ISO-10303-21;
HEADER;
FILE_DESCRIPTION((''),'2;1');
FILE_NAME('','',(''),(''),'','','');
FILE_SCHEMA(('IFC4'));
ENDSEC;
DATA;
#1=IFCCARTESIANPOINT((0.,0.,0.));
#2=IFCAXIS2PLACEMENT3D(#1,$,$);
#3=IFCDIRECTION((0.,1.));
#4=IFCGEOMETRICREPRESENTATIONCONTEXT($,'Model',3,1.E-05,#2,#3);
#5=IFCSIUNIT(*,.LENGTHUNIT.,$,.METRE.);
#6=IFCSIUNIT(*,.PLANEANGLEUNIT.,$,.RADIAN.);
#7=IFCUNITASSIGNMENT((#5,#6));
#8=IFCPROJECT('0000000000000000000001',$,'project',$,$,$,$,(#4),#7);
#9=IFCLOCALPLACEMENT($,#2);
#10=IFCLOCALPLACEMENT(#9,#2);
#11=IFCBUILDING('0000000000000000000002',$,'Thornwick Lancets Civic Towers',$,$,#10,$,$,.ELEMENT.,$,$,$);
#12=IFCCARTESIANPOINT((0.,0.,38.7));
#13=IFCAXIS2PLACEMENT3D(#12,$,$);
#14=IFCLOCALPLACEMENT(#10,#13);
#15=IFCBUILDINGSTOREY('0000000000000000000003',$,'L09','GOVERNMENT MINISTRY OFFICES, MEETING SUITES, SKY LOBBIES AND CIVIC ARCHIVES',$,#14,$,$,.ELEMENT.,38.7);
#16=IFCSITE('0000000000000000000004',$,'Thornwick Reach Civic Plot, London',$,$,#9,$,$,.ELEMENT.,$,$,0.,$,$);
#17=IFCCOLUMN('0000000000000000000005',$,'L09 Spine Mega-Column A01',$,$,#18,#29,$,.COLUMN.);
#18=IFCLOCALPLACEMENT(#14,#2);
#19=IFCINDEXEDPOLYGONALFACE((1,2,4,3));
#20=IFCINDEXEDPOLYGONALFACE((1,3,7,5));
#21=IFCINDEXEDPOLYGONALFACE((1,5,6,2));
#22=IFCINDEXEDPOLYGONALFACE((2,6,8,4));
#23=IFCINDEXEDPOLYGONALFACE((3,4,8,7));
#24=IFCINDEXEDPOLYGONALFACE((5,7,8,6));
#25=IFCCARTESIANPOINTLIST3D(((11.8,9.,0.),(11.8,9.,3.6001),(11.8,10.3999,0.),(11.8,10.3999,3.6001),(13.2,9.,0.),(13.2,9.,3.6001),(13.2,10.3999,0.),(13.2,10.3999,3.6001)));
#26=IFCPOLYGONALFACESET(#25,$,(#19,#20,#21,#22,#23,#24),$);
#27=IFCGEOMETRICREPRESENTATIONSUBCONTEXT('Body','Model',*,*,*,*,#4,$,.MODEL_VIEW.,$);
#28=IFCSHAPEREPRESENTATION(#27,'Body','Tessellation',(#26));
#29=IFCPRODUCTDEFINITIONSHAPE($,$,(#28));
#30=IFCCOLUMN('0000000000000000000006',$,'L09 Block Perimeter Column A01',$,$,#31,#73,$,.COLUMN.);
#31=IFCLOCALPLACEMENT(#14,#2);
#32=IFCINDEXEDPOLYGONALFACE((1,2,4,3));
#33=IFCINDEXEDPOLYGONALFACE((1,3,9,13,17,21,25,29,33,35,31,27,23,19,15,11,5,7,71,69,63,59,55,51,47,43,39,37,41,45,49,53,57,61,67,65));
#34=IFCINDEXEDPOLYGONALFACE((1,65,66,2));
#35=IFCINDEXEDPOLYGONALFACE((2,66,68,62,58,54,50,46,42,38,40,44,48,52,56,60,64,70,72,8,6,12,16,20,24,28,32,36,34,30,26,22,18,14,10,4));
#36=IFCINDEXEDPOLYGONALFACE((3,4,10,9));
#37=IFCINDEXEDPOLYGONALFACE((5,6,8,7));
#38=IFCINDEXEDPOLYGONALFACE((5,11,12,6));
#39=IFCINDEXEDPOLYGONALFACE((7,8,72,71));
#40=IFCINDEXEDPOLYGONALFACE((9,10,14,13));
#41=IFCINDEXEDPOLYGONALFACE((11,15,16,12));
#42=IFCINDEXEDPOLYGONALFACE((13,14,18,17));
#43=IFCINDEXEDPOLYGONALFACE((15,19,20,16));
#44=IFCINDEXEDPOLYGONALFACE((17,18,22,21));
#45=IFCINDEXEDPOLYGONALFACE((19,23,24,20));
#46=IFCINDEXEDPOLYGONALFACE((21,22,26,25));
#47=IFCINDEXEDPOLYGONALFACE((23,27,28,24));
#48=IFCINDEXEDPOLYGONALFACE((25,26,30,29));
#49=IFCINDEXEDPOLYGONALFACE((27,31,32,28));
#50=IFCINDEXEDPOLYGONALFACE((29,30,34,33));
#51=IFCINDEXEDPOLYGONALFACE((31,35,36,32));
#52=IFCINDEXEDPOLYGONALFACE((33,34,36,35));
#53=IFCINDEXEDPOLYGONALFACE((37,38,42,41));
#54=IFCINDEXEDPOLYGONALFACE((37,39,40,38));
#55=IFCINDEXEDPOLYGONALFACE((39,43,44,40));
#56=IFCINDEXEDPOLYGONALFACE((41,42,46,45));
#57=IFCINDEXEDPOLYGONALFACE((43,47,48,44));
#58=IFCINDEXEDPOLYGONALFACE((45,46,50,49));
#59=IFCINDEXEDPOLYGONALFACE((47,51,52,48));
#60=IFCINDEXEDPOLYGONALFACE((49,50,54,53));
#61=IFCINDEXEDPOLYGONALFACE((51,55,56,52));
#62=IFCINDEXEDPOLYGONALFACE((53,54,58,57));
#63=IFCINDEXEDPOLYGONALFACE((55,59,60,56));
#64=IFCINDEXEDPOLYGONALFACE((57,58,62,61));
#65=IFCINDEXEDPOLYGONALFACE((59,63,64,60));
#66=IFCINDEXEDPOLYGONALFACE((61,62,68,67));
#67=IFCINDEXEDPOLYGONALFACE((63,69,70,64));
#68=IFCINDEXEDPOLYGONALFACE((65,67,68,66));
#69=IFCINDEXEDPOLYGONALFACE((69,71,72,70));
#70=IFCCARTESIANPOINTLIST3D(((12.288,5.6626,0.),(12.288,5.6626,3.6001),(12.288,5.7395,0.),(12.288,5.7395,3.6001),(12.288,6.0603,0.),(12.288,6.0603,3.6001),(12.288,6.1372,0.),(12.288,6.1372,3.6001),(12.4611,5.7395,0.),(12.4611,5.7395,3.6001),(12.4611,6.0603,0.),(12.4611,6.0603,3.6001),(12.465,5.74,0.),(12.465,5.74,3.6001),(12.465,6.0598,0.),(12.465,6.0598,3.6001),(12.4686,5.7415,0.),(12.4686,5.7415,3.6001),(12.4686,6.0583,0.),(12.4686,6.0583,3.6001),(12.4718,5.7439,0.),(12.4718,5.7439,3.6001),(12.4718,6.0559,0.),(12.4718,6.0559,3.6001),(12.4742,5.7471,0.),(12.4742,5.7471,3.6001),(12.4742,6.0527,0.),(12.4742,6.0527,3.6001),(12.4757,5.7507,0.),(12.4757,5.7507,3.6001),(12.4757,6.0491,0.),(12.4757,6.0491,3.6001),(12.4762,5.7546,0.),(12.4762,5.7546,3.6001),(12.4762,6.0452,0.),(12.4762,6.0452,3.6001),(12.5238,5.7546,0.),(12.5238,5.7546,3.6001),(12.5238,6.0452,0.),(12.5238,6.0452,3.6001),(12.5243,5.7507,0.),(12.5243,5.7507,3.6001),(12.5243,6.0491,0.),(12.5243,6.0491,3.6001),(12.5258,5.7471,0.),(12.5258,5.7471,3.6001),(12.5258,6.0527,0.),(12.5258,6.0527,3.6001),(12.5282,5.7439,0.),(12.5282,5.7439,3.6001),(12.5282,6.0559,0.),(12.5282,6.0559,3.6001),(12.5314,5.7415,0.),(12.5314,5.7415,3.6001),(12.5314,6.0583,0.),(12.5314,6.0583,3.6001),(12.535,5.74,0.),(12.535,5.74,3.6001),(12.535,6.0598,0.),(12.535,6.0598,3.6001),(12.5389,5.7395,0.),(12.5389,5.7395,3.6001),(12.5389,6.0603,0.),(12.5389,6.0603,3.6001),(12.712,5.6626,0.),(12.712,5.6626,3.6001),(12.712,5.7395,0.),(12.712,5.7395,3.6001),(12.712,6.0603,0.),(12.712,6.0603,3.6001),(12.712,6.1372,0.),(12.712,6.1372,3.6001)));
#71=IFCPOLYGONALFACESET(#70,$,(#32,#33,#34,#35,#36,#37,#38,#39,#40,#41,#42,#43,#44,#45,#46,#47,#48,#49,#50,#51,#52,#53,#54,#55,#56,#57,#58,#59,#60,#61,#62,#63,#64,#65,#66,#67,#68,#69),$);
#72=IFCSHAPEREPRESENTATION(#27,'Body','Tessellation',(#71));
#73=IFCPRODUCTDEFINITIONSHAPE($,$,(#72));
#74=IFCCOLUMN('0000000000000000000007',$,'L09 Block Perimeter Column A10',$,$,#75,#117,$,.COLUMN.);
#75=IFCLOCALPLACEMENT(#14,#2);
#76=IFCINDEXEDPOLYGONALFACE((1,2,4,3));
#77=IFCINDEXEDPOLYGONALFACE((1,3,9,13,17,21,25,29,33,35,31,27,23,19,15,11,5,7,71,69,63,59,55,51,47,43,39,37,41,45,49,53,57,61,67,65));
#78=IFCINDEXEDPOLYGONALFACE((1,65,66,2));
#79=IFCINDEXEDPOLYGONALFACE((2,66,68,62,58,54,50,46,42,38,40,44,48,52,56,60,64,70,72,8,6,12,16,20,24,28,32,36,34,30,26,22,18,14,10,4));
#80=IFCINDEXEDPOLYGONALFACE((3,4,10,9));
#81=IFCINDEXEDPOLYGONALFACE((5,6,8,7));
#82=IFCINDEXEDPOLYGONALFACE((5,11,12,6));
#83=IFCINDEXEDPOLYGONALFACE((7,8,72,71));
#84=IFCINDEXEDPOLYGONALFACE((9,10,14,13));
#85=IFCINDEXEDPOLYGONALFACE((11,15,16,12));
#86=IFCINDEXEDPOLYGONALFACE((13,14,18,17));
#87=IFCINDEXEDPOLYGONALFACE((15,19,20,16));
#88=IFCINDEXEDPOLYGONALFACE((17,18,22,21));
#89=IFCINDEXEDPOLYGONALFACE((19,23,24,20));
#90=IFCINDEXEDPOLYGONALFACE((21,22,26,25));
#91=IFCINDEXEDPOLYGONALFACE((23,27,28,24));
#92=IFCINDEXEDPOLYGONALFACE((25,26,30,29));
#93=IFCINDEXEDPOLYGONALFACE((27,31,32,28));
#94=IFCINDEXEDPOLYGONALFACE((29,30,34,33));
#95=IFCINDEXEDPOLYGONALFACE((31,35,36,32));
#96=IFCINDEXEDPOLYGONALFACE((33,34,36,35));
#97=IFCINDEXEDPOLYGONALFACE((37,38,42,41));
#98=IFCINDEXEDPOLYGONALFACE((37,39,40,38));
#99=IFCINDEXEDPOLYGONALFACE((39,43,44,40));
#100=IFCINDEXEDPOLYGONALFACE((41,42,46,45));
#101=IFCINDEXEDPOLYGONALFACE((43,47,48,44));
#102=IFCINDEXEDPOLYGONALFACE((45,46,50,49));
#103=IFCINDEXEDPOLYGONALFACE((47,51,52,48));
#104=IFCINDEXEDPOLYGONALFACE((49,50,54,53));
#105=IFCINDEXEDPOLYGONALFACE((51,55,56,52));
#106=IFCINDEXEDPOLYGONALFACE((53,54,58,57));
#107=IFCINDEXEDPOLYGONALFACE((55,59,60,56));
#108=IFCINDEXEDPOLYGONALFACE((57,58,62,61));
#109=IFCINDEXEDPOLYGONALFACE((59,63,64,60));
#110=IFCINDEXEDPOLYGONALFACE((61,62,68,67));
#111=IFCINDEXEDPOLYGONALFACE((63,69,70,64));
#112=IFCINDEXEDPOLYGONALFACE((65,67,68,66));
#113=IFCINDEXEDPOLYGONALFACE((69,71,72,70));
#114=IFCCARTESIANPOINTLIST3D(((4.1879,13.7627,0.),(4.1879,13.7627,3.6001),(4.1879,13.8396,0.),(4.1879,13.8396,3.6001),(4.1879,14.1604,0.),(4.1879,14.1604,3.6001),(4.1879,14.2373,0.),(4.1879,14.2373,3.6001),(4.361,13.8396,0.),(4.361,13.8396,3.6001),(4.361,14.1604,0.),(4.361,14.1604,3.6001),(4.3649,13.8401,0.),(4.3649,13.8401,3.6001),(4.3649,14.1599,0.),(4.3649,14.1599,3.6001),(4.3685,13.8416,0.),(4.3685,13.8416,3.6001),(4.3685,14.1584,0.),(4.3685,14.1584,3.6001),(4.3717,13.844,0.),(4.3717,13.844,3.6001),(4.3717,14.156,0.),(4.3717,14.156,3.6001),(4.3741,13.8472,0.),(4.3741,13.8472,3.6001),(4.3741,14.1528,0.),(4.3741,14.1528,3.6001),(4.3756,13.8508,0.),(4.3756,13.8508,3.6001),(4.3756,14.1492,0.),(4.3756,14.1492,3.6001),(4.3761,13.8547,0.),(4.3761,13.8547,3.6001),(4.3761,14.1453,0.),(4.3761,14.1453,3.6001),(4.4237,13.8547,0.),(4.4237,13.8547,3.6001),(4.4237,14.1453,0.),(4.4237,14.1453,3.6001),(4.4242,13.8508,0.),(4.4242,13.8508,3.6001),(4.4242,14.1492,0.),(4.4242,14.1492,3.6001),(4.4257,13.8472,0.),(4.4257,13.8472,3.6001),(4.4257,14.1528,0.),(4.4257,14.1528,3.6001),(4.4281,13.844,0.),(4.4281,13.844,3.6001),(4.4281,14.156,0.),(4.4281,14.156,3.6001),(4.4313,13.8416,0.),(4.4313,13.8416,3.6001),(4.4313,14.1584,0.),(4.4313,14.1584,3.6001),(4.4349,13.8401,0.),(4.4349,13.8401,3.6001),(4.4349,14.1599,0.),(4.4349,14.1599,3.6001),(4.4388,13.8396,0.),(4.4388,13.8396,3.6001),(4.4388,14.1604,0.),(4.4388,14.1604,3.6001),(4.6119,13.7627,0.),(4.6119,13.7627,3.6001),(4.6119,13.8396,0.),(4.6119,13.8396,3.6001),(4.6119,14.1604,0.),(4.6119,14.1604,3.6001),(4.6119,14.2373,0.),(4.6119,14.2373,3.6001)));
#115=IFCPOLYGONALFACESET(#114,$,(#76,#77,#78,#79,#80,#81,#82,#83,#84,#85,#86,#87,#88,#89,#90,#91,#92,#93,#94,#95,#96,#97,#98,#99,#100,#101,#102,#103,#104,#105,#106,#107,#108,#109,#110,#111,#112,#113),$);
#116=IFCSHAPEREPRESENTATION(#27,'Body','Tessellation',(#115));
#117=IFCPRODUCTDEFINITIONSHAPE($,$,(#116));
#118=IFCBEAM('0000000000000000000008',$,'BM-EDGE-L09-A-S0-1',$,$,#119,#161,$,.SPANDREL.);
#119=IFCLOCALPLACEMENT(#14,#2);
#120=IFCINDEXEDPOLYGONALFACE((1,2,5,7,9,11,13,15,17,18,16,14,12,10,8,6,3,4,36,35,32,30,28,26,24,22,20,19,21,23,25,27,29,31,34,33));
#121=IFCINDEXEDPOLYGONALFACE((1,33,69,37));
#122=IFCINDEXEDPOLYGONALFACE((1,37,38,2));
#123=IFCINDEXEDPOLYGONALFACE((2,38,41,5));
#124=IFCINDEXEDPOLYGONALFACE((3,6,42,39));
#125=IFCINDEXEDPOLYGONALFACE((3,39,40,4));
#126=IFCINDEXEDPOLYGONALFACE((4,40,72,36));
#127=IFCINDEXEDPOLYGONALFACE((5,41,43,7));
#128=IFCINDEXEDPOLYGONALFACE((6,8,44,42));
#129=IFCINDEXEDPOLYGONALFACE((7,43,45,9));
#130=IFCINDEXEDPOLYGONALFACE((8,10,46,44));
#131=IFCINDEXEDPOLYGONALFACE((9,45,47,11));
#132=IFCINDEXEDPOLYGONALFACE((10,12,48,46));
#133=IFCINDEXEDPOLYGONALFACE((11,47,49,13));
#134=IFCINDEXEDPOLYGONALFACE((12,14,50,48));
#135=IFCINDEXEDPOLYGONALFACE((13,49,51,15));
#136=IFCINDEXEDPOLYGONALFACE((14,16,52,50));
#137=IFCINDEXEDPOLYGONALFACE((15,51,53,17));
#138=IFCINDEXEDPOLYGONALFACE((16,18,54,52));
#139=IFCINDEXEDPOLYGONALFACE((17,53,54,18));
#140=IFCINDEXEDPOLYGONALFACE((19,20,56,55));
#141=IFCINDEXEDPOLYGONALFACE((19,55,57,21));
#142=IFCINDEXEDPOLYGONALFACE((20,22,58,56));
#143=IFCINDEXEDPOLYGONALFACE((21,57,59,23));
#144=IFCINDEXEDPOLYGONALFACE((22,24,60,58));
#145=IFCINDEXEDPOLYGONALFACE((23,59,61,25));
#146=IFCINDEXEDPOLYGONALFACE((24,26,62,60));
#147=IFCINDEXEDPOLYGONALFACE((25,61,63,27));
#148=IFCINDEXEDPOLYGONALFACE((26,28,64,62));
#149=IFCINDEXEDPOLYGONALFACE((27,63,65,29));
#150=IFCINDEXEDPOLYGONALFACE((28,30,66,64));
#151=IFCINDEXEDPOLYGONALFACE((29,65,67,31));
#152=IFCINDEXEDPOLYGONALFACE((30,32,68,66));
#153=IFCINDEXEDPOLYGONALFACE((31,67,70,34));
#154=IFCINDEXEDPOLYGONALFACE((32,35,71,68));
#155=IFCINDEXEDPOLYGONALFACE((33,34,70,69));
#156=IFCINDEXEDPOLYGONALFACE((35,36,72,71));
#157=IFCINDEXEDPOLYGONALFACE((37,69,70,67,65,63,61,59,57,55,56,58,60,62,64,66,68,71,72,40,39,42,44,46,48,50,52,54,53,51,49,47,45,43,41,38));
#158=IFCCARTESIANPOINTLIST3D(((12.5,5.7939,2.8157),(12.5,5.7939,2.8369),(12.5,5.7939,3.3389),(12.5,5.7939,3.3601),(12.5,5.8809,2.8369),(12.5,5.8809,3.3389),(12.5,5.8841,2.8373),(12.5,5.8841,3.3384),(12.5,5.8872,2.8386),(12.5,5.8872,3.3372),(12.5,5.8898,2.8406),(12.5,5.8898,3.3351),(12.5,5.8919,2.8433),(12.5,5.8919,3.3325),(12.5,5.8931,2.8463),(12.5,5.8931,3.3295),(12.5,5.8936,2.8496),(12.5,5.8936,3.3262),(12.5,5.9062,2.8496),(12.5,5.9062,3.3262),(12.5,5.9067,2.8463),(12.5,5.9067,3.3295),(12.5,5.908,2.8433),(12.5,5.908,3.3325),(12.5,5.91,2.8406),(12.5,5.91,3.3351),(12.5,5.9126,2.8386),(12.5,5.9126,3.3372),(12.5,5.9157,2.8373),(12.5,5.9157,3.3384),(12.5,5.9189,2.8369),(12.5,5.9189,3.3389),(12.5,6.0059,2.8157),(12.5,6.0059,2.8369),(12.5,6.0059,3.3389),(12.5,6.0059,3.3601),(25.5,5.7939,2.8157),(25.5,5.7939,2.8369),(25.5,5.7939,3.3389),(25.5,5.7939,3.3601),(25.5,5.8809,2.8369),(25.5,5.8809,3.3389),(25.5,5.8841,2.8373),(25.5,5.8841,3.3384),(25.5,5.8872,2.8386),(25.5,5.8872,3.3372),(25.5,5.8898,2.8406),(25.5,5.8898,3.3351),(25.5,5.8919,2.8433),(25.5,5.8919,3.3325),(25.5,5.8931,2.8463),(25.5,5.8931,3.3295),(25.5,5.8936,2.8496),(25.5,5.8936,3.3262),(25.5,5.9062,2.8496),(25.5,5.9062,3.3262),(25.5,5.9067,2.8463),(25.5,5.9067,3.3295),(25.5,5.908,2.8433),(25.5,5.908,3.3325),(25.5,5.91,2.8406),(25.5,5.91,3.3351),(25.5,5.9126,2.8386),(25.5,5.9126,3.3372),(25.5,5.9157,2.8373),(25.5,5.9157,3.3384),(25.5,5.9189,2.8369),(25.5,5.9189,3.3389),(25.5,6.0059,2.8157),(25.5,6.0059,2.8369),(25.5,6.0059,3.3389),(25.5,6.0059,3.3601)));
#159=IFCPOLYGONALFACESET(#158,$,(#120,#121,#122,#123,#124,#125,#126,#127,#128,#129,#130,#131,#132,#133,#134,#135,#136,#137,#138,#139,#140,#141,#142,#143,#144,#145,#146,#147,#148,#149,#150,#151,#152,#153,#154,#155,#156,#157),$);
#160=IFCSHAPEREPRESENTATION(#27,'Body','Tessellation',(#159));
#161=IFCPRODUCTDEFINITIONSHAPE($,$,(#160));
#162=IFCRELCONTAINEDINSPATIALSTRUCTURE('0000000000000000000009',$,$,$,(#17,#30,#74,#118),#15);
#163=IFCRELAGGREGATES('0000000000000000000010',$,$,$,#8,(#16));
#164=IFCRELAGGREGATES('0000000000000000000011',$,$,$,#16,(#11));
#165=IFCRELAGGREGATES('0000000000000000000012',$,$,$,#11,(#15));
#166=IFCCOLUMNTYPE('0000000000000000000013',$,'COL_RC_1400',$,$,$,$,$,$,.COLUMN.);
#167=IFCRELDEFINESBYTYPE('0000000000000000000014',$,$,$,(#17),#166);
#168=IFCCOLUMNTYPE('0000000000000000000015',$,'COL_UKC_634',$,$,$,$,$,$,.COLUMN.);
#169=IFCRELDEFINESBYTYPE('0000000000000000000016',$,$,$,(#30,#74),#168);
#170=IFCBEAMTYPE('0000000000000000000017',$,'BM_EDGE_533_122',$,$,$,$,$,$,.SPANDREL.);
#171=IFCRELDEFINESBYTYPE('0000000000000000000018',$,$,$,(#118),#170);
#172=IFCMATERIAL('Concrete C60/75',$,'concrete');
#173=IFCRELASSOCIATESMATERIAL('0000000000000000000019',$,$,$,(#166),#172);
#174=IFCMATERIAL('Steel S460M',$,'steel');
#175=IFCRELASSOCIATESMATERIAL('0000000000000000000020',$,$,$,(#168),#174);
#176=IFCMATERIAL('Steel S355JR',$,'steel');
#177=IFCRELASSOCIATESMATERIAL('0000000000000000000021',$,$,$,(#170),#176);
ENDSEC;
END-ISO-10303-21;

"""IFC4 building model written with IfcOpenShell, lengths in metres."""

from ifc_helpers import new_model, si_unit, direction, frame, origin, origin_2d, place, context, subcontext, project, spatial, rectangle, i_section, extrude, material, material_profile, profile_set, type_object, element, save


model = new_model("IFC4")

# Units and contexts
model_context = context("Model", 3, precision=1e-05, world=origin(), true_north=direction((0.0, 1.0)))
body_context = subcontext(model_context, "Body", "Model", "MODEL_VIEW")
ifc_project = project(units=[si_unit("LENGTHUNIT", "METRE"), si_unit("PLANEANGLEUNIT", "RADIAN")], contexts=[model_context])

# Site, building, storey
site_placement = place(None, origin())
site = spatial("IfcSite", under=ifc_project, at=site_placement, Name="Thornwick Reach Civic Plot, London", CompositionType="ELEMENT", RefElevation=0.0)
building_placement = place(site_placement, origin())
building = spatial("IfcBuilding", under=site, at=building_placement, Name="Thornwick Lancets Civic Towers", CompositionType="ELEMENT")
storey_placement = place(building_placement, frame((0.0, 0.0, 38.7)))
storey = spatial("IfcBuildingStorey", under=building, at=storey_placement, Name="L09", Description="GOVERNMENT MINISTRY OFFICES, MEETING SUITES, SKY LOBBIES AND CIVIC ARCHIVES", CompositionType="ELEMENT", Elevation=38.7)

# Columns
ifc_material_1 = material(Name="Concrete C60/75", Category="concrete")
ifc_material_profile_1 = material_profile(ifc_material_1, rectangle(XDim=1.3999, YDim=1.3999, at=origin_2d()), Name="RC 1400x1400")
ifc_profile_set_1 = profile_set([ifc_material_profile_1], Name="Concrete C60/75")
column_type_1 = type_object("IfcColumnType", Name="COL_RC_1400", PredefinedType="COLUMN", material=ifc_profile_set_1)
column_placement = place(storey_placement, frame((12.5, 9.7, 0.0), z_axis=(0.0, 0.0, 1.0), x_axis=(1.0, 0.0, 0.0)))
element("IfcColumn", 1, at=column_placement, inside=storey, type_object=column_type_1, Name="L09 Spine Mega-Column A01", PredefinedType="COLUMN", context=body_context, shape_type="SweptSolid", body=[
    extrude(rectangle(XDim=1.3999, YDim=1.3999, at=origin_2d()), origin(), (0.0, 0.0, 1.0), 3.6001),
])
ifc_material_2 = material(Name="Steel S460M", Category="steel")
ifc_material_profile_2 = material_profile(ifc_material_2, i_section(OverallWidth=0.4241, OverallDepth=0.4746, WebThickness=0.0476, FlangeThickness=0.0769, FilletRadius=0.0151, at=origin_2d()), Name="UKC 356x406x634")
ifc_profile_set_2 = profile_set([ifc_material_profile_2], Name="Steel S460M")
column_type_2 = type_object("IfcColumnType", Name="COL_UKC_634", PredefinedType="COLUMN", material=ifc_profile_set_2)
for number, where, z_axis, x_axis, name in (
    (2, (12.5, 5.8999, 0.0), (0.0, 0.0, 1.0), (1.0, 0.0, 0.0), "L09 Block Perimeter Column A01"),
    (3, (4.3999, 14.0, 0.0), (0.0, 0.0, 1.0), (1.0, 0.0, 0.0), "L09 Block Perimeter Column A10"),
):
    element("IfcColumn", number, at=place(storey_placement, frame(where, z_axis=z_axis, x_axis=x_axis)), inside=storey, type_object=column_type_2, Name=name, PredefinedType="COLUMN", context=body_context, shape_type="SweptSolid", body=[
        extrude(i_section(OverallWidth=0.4241, OverallDepth=0.4746, WebThickness=0.0476, FlangeThickness=0.0769, FilletRadius=0.0151, at=origin_2d()), origin(), (0.0, 0.0, 1.0), 3.6001),
    ])

# Beam
ifc_material_3 = material(Name="Steel S355JR", Category="steel")
ifc_material_profile_3 = material_profile(ifc_material_3, i_section(OverallWidth=0.2119, OverallDepth=0.5444, WebThickness=0.0127, FlangeThickness=0.0212, FilletRadius=0.0127, at=origin_2d()), Name="UKB 533x210x122")
ifc_profile_set_3 = profile_set([ifc_material_profile_3], Name="Steel S355JR")
beam_type_1 = type_object("IfcBeamType", Name="BM_EDGE_533_122", PredefinedType="SPANDREL", material=ifc_profile_set_3)
beam_1_placement = place(storey_placement, frame((12.5, 5.8999, 3.0879), z_axis=(1.0, 0.0, 0.0), x_axis=(0.0, 1.0, 0.0)))
element("IfcBeam", 4, at=beam_1_placement, inside=storey, type_object=beam_type_1, Name="BM-EDGE-L09-A-S0-1", PredefinedType="SPANDREL", context=body_context, shape_type="SweptSolid", body=[
    extrude(i_section(OverallWidth=0.2119, OverallDepth=0.5444, WebThickness=0.0127, FlangeThickness=0.0212, FilletRadius=0.0127, at=origin_2d()), origin(), (0.0, 0.0, 1.0), 13.0),
])

save(model, "model.ifc")
